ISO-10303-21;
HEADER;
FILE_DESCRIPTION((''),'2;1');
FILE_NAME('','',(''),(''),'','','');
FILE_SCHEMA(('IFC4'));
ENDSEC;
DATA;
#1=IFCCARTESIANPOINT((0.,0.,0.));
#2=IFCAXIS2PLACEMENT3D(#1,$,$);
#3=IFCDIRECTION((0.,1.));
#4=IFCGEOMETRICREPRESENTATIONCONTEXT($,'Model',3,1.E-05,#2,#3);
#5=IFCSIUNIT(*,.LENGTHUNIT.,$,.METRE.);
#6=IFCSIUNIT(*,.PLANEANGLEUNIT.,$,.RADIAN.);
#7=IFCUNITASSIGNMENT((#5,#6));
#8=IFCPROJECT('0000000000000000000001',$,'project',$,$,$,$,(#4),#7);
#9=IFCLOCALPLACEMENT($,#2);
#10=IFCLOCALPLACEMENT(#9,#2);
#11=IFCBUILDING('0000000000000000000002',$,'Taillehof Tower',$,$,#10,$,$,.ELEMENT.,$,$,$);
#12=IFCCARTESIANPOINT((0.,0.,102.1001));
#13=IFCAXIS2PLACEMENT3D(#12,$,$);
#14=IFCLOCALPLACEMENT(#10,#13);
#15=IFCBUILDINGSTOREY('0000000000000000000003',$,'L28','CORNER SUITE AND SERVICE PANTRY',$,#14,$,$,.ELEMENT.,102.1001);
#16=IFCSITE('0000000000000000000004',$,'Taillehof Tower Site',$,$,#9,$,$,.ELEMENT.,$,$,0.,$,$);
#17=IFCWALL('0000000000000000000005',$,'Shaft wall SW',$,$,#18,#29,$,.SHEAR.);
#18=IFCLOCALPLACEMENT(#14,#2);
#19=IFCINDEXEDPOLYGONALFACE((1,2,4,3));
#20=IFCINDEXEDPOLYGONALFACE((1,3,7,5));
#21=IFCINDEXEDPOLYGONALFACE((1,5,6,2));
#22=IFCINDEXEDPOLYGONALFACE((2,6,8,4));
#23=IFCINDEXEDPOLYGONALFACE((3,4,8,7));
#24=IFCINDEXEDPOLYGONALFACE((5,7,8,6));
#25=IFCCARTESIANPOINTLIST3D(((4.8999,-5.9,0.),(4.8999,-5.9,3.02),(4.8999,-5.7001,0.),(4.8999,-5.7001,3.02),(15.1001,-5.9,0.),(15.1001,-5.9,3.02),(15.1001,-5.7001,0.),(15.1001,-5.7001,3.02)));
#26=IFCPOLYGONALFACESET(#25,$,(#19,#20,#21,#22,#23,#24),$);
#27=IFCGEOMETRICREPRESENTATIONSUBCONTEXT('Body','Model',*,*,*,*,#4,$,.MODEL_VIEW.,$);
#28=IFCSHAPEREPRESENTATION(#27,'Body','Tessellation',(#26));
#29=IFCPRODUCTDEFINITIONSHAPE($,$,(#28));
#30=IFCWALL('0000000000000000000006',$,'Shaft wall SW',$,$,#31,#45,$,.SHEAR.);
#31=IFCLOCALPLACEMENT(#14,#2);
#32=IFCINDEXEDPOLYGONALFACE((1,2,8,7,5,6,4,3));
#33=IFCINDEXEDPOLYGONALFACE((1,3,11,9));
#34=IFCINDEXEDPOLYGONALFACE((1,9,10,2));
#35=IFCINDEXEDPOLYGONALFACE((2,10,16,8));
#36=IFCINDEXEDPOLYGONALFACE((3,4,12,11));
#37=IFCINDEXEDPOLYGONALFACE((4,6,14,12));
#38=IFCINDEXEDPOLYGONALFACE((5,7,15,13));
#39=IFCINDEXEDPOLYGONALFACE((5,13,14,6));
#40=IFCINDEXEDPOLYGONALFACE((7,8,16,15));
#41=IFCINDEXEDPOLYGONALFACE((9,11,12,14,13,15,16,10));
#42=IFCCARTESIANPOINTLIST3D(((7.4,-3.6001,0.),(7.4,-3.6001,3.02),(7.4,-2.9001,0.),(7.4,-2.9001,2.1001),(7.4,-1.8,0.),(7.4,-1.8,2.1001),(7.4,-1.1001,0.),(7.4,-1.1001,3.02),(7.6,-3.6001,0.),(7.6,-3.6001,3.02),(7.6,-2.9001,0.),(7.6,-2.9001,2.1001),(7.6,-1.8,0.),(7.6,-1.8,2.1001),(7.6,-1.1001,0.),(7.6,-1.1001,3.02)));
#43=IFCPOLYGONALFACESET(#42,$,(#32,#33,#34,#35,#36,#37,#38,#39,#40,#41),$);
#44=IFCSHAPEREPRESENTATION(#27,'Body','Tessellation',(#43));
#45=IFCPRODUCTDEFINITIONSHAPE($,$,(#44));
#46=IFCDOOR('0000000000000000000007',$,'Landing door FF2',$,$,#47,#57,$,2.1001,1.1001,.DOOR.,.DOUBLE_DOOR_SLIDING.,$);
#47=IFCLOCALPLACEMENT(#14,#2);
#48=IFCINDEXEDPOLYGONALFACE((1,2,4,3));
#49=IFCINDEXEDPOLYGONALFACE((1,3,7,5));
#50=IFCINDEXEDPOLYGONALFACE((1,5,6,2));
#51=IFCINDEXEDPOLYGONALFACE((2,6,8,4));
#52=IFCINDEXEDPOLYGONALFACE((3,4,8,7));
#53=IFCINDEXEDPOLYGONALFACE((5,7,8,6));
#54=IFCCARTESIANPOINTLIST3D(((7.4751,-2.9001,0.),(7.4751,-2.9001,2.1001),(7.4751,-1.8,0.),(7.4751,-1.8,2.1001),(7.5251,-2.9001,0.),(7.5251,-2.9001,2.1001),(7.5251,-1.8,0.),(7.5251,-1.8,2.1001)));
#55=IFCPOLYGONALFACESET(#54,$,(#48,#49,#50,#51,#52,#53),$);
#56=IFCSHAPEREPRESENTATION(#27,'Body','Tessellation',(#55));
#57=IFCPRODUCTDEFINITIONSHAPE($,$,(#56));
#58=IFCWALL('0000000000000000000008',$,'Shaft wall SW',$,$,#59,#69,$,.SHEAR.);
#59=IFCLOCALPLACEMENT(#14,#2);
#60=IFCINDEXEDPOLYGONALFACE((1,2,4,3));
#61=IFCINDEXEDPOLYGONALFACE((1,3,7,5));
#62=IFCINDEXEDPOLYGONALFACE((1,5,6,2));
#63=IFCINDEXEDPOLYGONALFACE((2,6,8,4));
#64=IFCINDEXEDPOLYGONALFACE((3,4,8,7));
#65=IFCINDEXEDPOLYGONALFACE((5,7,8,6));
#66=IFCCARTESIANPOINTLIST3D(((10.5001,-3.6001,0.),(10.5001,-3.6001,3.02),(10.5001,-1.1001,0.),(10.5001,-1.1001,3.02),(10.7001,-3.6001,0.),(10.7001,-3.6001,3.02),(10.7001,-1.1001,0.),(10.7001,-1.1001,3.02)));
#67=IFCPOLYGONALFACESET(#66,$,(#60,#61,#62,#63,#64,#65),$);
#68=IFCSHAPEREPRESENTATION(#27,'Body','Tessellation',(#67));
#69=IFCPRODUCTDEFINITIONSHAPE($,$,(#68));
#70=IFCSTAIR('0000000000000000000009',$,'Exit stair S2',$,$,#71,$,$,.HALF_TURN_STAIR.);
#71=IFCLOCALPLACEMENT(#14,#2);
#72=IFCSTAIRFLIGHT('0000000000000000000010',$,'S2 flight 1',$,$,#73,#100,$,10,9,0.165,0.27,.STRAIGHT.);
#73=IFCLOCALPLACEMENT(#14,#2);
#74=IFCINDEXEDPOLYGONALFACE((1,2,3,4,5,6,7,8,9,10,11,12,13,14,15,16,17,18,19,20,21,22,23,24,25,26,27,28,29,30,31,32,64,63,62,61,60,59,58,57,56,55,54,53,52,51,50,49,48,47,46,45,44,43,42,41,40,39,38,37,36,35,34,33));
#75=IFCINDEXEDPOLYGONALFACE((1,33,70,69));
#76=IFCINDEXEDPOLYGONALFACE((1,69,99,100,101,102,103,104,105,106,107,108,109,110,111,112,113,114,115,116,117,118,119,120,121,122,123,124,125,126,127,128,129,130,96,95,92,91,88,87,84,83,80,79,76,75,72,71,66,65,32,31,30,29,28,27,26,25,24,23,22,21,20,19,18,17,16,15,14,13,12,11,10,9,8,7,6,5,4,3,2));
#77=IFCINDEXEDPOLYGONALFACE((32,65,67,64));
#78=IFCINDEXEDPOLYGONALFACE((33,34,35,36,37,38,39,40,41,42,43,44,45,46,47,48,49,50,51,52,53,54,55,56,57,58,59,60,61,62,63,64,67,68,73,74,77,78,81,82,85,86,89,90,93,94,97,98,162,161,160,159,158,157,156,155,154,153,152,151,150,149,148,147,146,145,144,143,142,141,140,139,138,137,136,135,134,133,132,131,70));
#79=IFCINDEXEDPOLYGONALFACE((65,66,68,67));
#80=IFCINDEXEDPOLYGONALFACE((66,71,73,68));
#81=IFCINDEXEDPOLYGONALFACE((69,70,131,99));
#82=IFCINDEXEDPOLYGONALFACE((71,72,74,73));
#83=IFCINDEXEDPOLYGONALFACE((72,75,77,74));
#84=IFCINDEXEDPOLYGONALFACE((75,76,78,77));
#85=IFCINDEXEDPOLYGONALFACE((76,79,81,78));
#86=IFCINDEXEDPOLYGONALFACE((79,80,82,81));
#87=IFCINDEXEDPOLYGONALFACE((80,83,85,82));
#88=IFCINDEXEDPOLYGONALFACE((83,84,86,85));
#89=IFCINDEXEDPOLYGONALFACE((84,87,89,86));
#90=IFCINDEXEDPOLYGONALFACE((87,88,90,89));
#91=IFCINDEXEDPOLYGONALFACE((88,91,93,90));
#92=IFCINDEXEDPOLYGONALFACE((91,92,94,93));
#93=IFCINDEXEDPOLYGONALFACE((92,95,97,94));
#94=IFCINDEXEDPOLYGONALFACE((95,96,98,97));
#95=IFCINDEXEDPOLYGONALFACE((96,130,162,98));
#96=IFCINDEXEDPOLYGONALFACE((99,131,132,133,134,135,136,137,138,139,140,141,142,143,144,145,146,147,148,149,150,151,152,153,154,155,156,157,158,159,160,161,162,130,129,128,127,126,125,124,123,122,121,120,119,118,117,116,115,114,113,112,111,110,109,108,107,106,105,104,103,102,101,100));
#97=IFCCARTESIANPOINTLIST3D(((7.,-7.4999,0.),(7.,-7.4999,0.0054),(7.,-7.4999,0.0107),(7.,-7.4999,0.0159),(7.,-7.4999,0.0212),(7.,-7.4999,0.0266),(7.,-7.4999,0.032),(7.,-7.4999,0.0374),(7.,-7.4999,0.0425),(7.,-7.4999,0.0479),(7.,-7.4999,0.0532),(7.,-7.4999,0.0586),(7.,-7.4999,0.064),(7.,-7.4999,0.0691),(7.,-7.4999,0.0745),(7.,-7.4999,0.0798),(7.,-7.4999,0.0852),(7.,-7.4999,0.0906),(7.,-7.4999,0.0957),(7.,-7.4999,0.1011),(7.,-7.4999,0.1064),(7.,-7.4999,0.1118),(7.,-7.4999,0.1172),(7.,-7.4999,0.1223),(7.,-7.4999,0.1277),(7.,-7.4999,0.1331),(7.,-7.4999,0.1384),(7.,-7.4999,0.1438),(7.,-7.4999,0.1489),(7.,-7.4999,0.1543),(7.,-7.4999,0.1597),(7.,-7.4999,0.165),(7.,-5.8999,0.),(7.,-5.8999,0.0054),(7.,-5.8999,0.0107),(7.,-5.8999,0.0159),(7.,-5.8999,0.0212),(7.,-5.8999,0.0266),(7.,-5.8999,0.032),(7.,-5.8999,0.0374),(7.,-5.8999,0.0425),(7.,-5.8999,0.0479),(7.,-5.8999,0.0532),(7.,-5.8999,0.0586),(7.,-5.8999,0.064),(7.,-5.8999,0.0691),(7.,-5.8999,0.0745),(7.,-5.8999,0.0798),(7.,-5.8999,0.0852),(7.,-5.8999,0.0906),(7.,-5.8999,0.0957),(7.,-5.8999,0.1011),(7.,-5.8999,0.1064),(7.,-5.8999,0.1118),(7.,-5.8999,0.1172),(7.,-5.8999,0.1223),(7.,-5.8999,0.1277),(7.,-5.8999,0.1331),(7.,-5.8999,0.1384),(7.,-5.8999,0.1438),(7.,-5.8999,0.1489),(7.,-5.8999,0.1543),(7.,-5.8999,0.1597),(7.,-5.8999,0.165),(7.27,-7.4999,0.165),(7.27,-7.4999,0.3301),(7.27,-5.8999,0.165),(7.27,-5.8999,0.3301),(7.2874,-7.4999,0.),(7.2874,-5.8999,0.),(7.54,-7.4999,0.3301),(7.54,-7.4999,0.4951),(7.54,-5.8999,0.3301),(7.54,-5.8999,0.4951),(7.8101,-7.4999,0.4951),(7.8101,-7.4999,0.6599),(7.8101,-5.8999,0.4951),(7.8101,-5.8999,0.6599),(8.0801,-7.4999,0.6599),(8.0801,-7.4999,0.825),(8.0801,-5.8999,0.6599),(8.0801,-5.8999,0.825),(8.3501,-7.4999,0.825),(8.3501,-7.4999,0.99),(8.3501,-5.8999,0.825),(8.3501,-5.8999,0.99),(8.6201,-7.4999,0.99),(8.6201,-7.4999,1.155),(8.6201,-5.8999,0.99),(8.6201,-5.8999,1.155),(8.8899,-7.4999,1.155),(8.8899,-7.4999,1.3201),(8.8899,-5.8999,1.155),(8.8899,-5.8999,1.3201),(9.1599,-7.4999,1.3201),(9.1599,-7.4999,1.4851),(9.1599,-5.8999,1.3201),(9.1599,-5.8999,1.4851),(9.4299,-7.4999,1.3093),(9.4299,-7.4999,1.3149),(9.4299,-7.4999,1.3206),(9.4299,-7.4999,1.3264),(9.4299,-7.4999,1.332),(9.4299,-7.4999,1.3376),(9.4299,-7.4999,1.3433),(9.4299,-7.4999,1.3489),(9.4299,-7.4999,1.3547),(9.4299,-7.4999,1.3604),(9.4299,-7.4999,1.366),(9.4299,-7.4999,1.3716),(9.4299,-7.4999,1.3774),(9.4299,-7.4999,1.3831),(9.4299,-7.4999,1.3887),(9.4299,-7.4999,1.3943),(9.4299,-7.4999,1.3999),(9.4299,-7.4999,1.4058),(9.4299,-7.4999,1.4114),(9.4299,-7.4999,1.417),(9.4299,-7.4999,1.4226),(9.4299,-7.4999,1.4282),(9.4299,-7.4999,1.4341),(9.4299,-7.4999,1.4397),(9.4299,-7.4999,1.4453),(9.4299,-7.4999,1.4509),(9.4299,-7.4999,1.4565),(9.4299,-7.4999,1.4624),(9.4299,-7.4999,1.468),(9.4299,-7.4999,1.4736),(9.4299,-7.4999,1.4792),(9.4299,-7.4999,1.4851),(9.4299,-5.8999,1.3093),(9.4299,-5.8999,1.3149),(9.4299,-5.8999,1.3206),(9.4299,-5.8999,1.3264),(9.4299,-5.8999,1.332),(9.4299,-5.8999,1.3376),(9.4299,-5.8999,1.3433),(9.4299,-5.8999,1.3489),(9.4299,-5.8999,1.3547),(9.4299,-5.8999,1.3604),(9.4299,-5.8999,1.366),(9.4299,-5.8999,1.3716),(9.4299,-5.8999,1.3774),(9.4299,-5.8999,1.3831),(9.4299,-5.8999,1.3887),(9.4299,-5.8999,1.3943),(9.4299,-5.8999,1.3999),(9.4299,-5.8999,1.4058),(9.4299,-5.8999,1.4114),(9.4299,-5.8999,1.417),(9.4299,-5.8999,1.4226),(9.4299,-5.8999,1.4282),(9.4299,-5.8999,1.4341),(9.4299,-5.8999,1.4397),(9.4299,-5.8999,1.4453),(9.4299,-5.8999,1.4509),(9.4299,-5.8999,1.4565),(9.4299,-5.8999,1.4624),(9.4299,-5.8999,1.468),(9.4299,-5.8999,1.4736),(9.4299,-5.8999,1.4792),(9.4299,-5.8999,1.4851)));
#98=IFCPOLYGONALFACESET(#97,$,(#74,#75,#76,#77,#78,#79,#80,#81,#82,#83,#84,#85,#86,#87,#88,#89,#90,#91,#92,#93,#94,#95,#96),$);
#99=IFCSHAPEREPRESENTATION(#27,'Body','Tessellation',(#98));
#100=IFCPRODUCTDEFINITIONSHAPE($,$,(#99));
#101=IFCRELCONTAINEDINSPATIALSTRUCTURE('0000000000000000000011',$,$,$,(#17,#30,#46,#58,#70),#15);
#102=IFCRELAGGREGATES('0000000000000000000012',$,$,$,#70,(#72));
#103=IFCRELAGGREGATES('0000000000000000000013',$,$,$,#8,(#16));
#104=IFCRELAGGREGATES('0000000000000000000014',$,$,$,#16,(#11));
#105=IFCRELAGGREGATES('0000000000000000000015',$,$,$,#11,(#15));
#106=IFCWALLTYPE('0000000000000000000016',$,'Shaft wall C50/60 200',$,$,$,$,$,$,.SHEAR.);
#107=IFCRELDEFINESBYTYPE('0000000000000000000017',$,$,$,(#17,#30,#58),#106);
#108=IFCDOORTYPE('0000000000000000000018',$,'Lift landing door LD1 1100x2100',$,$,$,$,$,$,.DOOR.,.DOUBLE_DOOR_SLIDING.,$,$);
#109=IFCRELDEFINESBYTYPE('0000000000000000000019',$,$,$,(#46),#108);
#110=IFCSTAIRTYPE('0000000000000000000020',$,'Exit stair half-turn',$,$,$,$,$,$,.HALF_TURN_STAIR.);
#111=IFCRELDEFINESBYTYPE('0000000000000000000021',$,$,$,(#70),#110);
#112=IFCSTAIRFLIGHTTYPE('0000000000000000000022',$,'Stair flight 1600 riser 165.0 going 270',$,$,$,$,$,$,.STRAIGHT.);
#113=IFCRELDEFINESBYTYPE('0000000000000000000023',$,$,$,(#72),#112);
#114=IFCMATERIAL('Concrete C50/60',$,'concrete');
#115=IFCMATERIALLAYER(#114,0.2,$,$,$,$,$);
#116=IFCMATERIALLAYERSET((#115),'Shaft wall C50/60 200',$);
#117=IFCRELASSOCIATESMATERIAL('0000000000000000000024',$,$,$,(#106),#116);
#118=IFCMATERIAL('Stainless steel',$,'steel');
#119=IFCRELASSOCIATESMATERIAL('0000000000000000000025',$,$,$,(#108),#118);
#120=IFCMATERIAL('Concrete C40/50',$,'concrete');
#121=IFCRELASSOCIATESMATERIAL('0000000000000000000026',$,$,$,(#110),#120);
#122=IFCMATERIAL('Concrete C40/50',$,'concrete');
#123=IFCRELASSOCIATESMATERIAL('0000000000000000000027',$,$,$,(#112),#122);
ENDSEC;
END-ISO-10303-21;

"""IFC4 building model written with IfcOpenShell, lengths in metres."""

from ifc_helpers import new_model, si_unit, direction, frame, frame_2d, origin, place, context, subcontext, project, spatial, polyline, rectangle, outline, extrude, material, layer, layer_set, type_object, element, fill, aggregate, save


model = new_model("IFC4")

# Units and contexts
model_context = context("Model", 3, precision=1e-05, world=origin(), true_north=direction((0.0, 1.0)))
body_context = subcontext(model_context, "Body", "Model", "MODEL_VIEW")
ifc_project = project(units=[si_unit("LENGTHUNIT", "METRE"), si_unit("PLANEANGLEUNIT", "RADIAN")], contexts=[model_context])

# Site, building, storey
site_placement = place(None, origin())
site = spatial("IfcSite", under=ifc_project, at=site_placement, Name="Taillehof Tower Site", CompositionType="ELEMENT", RefElevation=0.0)
building_placement = place(site_placement, origin())
building = spatial("IfcBuilding", under=site, at=building_placement, Name="Taillehof Tower", CompositionType="ELEMENT")
storey_placement = place(building_placement, frame((0.0, 0.0, 102.1001)))
storey = spatial("IfcBuildingStorey", under=building, at=storey_placement, Name="L28", Description="CORNER SUITE AND SERVICE PANTRY", CompositionType="ELEMENT", Elevation=102.1001)

# Shared definitions
ifc_material_1 = material(Name="Concrete C50/60", Category="concrete")
ifc_layer_1 = layer(ifc_material_1, 0.2)
ifc_layer_set_1 = layer_set([ifc_layer_1], Name="Shaft wall C50/60 200")
wall_type_1 = type_object("IfcWallType", Name="Shaft wall C50/60 200", PredefinedType="SHEAR", material=ifc_layer_set_1)

# Shared definitions
ifc_material_2 = material(Name="Stainless steel", Category="steel")
door_type_1 = type_object("IfcDoorType", Name="Lift landing door LD1 1100x2100", OperationType="DOUBLE_DOOR_SLIDING", PredefinedType="DOOR", material=ifc_material_2)

# Wall
wall_1_placement = place(storey_placement, frame((4.8999, -5.8, 0.0), z_axis=(0.0, 0.0, 1.0), x_axis=(1.0, 0.0, 0.0)))
element("IfcWall", 1, at=wall_1_placement, inside=storey, type_object=wall_type_1, Name="Shaft wall SW", PredefinedType="SHEAR", context=body_context, shape_type="SweptSolid", body=[
    extrude(rectangle(XDim=10.2002, YDim=0.2, at=frame_2d((5.1001, 0.0))), origin(), (0.0, 0.0, 1.0), 3.02),
])

# Wall, opening, door
wall_2_placement = place(storey_placement, frame((7.5, -3.6001, 0.0), z_axis=(0.0, 0.0, 1.0), x_axis=(0.0, 1.0, 0.0)))
wall_2 = element("IfcWall", 2, at=wall_2_placement, inside=storey, type_object=wall_type_1, Name="Shaft wall SW", PredefinedType="SHEAR", context=body_context, shape_type="SweptSolid", body=[
    extrude(rectangle(XDim=2.5, YDim=0.2, at=frame_2d((1.25, 0.0))), origin(), (0.0, 0.0, 1.0), 3.02),
])
opening_1_placement = place(wall_2_placement, frame((0.7, 0.0, 0.0)))
opening_1 = element("IfcOpeningElement", 3, at=opening_1_placement, cuts=wall_2, PredefinedType="OPENING", context=body_context, shape_type="SweptSolid", body=[
    extrude(rectangle(XDim=1.1001, YDim=2.1001, at=frame_2d((0.55, 1.05))), frame((0.0, 0.1099, 0.0), z_axis=(0.0, -1.0, 0.0), x_axis=(1.0, 0.0, 0.0)), (0.0, 0.0, 1.0), 0.22),
])
door_1_placement = place(opening_1_placement, origin())
door_1 = element("IfcDoor", 4, at=door_1_placement, inside=storey, type_object=door_type_1, Name="Landing door FF2", OperationType="DOUBLE_DOOR_SLIDING", OverallHeight=2.1001, OverallWidth=1.1001, PredefinedType="DOOR", context=body_context, shape_type="SweptSolid", body=[
    extrude(rectangle(XDim=1.1001, YDim=2.1001, at=frame_2d((0.55, 1.05))), frame((0.0, 0.0249, 0.0), z_axis=(0.0, -1.0, 0.0), x_axis=(1.0, 0.0, 0.0)), (0.0, 0.0, 1.0), 0.05),
])
fill(opening_1, door_1)

# Wall
wall_3_placement = place(storey_placement, frame((10.6001, -3.6001, 0.0), z_axis=(0.0, 0.0, 1.0), x_axis=(0.0, 1.0, 0.0)))
element("IfcWall", 5, at=wall_3_placement, inside=storey, type_object=wall_type_1, Name="Shaft wall SW", PredefinedType="SHEAR", context=body_context, shape_type="SweptSolid", body=[
    extrude(rectangle(XDim=2.5, YDim=0.2, at=frame_2d((1.25, 0.0))), origin(), (0.0, 0.0, 1.0), 3.02),
])

# Stair, stair flight
ifc_material_3 = material(Name="Concrete C40/50", Category="concrete")
stair_type = type_object("IfcStairType", Name="Exit stair half-turn", PredefinedType="HALF_TURN_STAIR", material=ifc_material_3)
stair_placement = place(storey_placement, origin())
stair = element("IfcStair", 6, at=stair_placement, inside=storey, type_object=stair_type, Name="Exit stair S2", PredefinedType="HALF_TURN_STAIR")
ifc_material_4 = material(Name="Concrete C40/50", Category="concrete")
stair_flight_type = type_object("IfcStairFlightType", Name="Stair flight 1600 riser 165.0 going 270", PredefinedType="STRAIGHT", material=ifc_material_4)
stair_flight_1_placement = place(storey_placement, frame((7.0, -6.7, 0.0), z_axis=(0.0, 0.0, 1.0), x_axis=(1.0, 0.0, 0.0)))
stair_flight_1 = element("IfcStairFlight", 7, at=stair_flight_1_placement, type_object=stair_flight_type, Name="S2 flight 1", NumberOfRisers=10, NumberOfTreads=9, PredefinedType="STRAIGHT", RiserHeight=0.165, TreadLength=0.27, context=body_context, shape_type="SweptSolid", body=[
    extrude(outline(polyline([(0.0, 0.0), (0.0, 0.0054), (0.0, 0.0107), (0.0, 0.0159), (0.0, 0.0212), (0.0, 0.0266), (0.0, 0.032), (0.0, 0.0374), (0.0, 0.0425), (0.0, 0.0479), (0.0, 0.0532), (0.0, 0.0586), (0.0, 0.064), (0.0, 0.0691), (0.0, 0.0745), (0.0, 0.0798), (0.0, 0.0852), (0.0, 0.0906), (0.0, 0.0957), (0.0, 0.1011), (0.0, 0.1064), (0.0, 0.1118), (0.0, 0.1172), (0.0, 0.1223), (0.0, 0.1277), (0.0, 0.1331), (0.0, 0.1384), (0.0, 0.1438), (0.0, 0.1489), (0.0, 0.1543), (0.0, 0.1597), (0.0, 0.165), (0.27, 0.165), (0.27, 0.3301), (0.54, 0.3301), (0.54, 0.4951), (0.8101, 0.4951), (0.8101, 0.6599), (1.0801, 0.6599), (1.0801, 0.825), (1.3501, 0.825), (1.3501, 0.99), (1.6201, 0.99), (1.6201, 1.155), (1.8899, 1.155), (1.8899, 1.3201), (2.1599, 1.3201), (2.1599, 1.4851), (2.4299, 1.4851), (2.4299, 1.4792), (2.4299, 1.4736), (2.4299, 1.468), (2.4299, 1.4624), (2.4299, 1.4565), (2.4299, 1.4509), (2.4299, 1.4453), (2.4299, 1.4397), (2.4299, 1.4341), (2.4299, 1.4282), (2.4299, 1.4226), (2.4299, 1.417), (2.4299, 1.4114), (2.4299, 1.4058), (2.4299, 1.3999), (2.4299, 1.3943), (2.4299, 1.3887), (2.4299, 1.3831), (2.4299, 1.3774), (2.4299, 1.3716), (2.4299, 1.366), (2.4299, 1.3604), (2.4299, 1.3547), (2.4299, 1.3489), (2.4299, 1.3433), (2.4299, 1.3376), (2.4299, 1.332), (2.4299, 1.3264), (2.4299, 1.3206), (2.4299, 1.3149), (2.4299, 1.3093), (0.2874, 0.0), (0.0, 0.0)])), frame((0.0, 0.8, 0.0), z_axis=(0.0, -1.0, 0.0), x_axis=(1.0, 0.0, 0.0)), (0.0, 0.0, 1.0), 1.6),
])
aggregate(stair, [stair_flight_1])

save(model, "model.ifc")
